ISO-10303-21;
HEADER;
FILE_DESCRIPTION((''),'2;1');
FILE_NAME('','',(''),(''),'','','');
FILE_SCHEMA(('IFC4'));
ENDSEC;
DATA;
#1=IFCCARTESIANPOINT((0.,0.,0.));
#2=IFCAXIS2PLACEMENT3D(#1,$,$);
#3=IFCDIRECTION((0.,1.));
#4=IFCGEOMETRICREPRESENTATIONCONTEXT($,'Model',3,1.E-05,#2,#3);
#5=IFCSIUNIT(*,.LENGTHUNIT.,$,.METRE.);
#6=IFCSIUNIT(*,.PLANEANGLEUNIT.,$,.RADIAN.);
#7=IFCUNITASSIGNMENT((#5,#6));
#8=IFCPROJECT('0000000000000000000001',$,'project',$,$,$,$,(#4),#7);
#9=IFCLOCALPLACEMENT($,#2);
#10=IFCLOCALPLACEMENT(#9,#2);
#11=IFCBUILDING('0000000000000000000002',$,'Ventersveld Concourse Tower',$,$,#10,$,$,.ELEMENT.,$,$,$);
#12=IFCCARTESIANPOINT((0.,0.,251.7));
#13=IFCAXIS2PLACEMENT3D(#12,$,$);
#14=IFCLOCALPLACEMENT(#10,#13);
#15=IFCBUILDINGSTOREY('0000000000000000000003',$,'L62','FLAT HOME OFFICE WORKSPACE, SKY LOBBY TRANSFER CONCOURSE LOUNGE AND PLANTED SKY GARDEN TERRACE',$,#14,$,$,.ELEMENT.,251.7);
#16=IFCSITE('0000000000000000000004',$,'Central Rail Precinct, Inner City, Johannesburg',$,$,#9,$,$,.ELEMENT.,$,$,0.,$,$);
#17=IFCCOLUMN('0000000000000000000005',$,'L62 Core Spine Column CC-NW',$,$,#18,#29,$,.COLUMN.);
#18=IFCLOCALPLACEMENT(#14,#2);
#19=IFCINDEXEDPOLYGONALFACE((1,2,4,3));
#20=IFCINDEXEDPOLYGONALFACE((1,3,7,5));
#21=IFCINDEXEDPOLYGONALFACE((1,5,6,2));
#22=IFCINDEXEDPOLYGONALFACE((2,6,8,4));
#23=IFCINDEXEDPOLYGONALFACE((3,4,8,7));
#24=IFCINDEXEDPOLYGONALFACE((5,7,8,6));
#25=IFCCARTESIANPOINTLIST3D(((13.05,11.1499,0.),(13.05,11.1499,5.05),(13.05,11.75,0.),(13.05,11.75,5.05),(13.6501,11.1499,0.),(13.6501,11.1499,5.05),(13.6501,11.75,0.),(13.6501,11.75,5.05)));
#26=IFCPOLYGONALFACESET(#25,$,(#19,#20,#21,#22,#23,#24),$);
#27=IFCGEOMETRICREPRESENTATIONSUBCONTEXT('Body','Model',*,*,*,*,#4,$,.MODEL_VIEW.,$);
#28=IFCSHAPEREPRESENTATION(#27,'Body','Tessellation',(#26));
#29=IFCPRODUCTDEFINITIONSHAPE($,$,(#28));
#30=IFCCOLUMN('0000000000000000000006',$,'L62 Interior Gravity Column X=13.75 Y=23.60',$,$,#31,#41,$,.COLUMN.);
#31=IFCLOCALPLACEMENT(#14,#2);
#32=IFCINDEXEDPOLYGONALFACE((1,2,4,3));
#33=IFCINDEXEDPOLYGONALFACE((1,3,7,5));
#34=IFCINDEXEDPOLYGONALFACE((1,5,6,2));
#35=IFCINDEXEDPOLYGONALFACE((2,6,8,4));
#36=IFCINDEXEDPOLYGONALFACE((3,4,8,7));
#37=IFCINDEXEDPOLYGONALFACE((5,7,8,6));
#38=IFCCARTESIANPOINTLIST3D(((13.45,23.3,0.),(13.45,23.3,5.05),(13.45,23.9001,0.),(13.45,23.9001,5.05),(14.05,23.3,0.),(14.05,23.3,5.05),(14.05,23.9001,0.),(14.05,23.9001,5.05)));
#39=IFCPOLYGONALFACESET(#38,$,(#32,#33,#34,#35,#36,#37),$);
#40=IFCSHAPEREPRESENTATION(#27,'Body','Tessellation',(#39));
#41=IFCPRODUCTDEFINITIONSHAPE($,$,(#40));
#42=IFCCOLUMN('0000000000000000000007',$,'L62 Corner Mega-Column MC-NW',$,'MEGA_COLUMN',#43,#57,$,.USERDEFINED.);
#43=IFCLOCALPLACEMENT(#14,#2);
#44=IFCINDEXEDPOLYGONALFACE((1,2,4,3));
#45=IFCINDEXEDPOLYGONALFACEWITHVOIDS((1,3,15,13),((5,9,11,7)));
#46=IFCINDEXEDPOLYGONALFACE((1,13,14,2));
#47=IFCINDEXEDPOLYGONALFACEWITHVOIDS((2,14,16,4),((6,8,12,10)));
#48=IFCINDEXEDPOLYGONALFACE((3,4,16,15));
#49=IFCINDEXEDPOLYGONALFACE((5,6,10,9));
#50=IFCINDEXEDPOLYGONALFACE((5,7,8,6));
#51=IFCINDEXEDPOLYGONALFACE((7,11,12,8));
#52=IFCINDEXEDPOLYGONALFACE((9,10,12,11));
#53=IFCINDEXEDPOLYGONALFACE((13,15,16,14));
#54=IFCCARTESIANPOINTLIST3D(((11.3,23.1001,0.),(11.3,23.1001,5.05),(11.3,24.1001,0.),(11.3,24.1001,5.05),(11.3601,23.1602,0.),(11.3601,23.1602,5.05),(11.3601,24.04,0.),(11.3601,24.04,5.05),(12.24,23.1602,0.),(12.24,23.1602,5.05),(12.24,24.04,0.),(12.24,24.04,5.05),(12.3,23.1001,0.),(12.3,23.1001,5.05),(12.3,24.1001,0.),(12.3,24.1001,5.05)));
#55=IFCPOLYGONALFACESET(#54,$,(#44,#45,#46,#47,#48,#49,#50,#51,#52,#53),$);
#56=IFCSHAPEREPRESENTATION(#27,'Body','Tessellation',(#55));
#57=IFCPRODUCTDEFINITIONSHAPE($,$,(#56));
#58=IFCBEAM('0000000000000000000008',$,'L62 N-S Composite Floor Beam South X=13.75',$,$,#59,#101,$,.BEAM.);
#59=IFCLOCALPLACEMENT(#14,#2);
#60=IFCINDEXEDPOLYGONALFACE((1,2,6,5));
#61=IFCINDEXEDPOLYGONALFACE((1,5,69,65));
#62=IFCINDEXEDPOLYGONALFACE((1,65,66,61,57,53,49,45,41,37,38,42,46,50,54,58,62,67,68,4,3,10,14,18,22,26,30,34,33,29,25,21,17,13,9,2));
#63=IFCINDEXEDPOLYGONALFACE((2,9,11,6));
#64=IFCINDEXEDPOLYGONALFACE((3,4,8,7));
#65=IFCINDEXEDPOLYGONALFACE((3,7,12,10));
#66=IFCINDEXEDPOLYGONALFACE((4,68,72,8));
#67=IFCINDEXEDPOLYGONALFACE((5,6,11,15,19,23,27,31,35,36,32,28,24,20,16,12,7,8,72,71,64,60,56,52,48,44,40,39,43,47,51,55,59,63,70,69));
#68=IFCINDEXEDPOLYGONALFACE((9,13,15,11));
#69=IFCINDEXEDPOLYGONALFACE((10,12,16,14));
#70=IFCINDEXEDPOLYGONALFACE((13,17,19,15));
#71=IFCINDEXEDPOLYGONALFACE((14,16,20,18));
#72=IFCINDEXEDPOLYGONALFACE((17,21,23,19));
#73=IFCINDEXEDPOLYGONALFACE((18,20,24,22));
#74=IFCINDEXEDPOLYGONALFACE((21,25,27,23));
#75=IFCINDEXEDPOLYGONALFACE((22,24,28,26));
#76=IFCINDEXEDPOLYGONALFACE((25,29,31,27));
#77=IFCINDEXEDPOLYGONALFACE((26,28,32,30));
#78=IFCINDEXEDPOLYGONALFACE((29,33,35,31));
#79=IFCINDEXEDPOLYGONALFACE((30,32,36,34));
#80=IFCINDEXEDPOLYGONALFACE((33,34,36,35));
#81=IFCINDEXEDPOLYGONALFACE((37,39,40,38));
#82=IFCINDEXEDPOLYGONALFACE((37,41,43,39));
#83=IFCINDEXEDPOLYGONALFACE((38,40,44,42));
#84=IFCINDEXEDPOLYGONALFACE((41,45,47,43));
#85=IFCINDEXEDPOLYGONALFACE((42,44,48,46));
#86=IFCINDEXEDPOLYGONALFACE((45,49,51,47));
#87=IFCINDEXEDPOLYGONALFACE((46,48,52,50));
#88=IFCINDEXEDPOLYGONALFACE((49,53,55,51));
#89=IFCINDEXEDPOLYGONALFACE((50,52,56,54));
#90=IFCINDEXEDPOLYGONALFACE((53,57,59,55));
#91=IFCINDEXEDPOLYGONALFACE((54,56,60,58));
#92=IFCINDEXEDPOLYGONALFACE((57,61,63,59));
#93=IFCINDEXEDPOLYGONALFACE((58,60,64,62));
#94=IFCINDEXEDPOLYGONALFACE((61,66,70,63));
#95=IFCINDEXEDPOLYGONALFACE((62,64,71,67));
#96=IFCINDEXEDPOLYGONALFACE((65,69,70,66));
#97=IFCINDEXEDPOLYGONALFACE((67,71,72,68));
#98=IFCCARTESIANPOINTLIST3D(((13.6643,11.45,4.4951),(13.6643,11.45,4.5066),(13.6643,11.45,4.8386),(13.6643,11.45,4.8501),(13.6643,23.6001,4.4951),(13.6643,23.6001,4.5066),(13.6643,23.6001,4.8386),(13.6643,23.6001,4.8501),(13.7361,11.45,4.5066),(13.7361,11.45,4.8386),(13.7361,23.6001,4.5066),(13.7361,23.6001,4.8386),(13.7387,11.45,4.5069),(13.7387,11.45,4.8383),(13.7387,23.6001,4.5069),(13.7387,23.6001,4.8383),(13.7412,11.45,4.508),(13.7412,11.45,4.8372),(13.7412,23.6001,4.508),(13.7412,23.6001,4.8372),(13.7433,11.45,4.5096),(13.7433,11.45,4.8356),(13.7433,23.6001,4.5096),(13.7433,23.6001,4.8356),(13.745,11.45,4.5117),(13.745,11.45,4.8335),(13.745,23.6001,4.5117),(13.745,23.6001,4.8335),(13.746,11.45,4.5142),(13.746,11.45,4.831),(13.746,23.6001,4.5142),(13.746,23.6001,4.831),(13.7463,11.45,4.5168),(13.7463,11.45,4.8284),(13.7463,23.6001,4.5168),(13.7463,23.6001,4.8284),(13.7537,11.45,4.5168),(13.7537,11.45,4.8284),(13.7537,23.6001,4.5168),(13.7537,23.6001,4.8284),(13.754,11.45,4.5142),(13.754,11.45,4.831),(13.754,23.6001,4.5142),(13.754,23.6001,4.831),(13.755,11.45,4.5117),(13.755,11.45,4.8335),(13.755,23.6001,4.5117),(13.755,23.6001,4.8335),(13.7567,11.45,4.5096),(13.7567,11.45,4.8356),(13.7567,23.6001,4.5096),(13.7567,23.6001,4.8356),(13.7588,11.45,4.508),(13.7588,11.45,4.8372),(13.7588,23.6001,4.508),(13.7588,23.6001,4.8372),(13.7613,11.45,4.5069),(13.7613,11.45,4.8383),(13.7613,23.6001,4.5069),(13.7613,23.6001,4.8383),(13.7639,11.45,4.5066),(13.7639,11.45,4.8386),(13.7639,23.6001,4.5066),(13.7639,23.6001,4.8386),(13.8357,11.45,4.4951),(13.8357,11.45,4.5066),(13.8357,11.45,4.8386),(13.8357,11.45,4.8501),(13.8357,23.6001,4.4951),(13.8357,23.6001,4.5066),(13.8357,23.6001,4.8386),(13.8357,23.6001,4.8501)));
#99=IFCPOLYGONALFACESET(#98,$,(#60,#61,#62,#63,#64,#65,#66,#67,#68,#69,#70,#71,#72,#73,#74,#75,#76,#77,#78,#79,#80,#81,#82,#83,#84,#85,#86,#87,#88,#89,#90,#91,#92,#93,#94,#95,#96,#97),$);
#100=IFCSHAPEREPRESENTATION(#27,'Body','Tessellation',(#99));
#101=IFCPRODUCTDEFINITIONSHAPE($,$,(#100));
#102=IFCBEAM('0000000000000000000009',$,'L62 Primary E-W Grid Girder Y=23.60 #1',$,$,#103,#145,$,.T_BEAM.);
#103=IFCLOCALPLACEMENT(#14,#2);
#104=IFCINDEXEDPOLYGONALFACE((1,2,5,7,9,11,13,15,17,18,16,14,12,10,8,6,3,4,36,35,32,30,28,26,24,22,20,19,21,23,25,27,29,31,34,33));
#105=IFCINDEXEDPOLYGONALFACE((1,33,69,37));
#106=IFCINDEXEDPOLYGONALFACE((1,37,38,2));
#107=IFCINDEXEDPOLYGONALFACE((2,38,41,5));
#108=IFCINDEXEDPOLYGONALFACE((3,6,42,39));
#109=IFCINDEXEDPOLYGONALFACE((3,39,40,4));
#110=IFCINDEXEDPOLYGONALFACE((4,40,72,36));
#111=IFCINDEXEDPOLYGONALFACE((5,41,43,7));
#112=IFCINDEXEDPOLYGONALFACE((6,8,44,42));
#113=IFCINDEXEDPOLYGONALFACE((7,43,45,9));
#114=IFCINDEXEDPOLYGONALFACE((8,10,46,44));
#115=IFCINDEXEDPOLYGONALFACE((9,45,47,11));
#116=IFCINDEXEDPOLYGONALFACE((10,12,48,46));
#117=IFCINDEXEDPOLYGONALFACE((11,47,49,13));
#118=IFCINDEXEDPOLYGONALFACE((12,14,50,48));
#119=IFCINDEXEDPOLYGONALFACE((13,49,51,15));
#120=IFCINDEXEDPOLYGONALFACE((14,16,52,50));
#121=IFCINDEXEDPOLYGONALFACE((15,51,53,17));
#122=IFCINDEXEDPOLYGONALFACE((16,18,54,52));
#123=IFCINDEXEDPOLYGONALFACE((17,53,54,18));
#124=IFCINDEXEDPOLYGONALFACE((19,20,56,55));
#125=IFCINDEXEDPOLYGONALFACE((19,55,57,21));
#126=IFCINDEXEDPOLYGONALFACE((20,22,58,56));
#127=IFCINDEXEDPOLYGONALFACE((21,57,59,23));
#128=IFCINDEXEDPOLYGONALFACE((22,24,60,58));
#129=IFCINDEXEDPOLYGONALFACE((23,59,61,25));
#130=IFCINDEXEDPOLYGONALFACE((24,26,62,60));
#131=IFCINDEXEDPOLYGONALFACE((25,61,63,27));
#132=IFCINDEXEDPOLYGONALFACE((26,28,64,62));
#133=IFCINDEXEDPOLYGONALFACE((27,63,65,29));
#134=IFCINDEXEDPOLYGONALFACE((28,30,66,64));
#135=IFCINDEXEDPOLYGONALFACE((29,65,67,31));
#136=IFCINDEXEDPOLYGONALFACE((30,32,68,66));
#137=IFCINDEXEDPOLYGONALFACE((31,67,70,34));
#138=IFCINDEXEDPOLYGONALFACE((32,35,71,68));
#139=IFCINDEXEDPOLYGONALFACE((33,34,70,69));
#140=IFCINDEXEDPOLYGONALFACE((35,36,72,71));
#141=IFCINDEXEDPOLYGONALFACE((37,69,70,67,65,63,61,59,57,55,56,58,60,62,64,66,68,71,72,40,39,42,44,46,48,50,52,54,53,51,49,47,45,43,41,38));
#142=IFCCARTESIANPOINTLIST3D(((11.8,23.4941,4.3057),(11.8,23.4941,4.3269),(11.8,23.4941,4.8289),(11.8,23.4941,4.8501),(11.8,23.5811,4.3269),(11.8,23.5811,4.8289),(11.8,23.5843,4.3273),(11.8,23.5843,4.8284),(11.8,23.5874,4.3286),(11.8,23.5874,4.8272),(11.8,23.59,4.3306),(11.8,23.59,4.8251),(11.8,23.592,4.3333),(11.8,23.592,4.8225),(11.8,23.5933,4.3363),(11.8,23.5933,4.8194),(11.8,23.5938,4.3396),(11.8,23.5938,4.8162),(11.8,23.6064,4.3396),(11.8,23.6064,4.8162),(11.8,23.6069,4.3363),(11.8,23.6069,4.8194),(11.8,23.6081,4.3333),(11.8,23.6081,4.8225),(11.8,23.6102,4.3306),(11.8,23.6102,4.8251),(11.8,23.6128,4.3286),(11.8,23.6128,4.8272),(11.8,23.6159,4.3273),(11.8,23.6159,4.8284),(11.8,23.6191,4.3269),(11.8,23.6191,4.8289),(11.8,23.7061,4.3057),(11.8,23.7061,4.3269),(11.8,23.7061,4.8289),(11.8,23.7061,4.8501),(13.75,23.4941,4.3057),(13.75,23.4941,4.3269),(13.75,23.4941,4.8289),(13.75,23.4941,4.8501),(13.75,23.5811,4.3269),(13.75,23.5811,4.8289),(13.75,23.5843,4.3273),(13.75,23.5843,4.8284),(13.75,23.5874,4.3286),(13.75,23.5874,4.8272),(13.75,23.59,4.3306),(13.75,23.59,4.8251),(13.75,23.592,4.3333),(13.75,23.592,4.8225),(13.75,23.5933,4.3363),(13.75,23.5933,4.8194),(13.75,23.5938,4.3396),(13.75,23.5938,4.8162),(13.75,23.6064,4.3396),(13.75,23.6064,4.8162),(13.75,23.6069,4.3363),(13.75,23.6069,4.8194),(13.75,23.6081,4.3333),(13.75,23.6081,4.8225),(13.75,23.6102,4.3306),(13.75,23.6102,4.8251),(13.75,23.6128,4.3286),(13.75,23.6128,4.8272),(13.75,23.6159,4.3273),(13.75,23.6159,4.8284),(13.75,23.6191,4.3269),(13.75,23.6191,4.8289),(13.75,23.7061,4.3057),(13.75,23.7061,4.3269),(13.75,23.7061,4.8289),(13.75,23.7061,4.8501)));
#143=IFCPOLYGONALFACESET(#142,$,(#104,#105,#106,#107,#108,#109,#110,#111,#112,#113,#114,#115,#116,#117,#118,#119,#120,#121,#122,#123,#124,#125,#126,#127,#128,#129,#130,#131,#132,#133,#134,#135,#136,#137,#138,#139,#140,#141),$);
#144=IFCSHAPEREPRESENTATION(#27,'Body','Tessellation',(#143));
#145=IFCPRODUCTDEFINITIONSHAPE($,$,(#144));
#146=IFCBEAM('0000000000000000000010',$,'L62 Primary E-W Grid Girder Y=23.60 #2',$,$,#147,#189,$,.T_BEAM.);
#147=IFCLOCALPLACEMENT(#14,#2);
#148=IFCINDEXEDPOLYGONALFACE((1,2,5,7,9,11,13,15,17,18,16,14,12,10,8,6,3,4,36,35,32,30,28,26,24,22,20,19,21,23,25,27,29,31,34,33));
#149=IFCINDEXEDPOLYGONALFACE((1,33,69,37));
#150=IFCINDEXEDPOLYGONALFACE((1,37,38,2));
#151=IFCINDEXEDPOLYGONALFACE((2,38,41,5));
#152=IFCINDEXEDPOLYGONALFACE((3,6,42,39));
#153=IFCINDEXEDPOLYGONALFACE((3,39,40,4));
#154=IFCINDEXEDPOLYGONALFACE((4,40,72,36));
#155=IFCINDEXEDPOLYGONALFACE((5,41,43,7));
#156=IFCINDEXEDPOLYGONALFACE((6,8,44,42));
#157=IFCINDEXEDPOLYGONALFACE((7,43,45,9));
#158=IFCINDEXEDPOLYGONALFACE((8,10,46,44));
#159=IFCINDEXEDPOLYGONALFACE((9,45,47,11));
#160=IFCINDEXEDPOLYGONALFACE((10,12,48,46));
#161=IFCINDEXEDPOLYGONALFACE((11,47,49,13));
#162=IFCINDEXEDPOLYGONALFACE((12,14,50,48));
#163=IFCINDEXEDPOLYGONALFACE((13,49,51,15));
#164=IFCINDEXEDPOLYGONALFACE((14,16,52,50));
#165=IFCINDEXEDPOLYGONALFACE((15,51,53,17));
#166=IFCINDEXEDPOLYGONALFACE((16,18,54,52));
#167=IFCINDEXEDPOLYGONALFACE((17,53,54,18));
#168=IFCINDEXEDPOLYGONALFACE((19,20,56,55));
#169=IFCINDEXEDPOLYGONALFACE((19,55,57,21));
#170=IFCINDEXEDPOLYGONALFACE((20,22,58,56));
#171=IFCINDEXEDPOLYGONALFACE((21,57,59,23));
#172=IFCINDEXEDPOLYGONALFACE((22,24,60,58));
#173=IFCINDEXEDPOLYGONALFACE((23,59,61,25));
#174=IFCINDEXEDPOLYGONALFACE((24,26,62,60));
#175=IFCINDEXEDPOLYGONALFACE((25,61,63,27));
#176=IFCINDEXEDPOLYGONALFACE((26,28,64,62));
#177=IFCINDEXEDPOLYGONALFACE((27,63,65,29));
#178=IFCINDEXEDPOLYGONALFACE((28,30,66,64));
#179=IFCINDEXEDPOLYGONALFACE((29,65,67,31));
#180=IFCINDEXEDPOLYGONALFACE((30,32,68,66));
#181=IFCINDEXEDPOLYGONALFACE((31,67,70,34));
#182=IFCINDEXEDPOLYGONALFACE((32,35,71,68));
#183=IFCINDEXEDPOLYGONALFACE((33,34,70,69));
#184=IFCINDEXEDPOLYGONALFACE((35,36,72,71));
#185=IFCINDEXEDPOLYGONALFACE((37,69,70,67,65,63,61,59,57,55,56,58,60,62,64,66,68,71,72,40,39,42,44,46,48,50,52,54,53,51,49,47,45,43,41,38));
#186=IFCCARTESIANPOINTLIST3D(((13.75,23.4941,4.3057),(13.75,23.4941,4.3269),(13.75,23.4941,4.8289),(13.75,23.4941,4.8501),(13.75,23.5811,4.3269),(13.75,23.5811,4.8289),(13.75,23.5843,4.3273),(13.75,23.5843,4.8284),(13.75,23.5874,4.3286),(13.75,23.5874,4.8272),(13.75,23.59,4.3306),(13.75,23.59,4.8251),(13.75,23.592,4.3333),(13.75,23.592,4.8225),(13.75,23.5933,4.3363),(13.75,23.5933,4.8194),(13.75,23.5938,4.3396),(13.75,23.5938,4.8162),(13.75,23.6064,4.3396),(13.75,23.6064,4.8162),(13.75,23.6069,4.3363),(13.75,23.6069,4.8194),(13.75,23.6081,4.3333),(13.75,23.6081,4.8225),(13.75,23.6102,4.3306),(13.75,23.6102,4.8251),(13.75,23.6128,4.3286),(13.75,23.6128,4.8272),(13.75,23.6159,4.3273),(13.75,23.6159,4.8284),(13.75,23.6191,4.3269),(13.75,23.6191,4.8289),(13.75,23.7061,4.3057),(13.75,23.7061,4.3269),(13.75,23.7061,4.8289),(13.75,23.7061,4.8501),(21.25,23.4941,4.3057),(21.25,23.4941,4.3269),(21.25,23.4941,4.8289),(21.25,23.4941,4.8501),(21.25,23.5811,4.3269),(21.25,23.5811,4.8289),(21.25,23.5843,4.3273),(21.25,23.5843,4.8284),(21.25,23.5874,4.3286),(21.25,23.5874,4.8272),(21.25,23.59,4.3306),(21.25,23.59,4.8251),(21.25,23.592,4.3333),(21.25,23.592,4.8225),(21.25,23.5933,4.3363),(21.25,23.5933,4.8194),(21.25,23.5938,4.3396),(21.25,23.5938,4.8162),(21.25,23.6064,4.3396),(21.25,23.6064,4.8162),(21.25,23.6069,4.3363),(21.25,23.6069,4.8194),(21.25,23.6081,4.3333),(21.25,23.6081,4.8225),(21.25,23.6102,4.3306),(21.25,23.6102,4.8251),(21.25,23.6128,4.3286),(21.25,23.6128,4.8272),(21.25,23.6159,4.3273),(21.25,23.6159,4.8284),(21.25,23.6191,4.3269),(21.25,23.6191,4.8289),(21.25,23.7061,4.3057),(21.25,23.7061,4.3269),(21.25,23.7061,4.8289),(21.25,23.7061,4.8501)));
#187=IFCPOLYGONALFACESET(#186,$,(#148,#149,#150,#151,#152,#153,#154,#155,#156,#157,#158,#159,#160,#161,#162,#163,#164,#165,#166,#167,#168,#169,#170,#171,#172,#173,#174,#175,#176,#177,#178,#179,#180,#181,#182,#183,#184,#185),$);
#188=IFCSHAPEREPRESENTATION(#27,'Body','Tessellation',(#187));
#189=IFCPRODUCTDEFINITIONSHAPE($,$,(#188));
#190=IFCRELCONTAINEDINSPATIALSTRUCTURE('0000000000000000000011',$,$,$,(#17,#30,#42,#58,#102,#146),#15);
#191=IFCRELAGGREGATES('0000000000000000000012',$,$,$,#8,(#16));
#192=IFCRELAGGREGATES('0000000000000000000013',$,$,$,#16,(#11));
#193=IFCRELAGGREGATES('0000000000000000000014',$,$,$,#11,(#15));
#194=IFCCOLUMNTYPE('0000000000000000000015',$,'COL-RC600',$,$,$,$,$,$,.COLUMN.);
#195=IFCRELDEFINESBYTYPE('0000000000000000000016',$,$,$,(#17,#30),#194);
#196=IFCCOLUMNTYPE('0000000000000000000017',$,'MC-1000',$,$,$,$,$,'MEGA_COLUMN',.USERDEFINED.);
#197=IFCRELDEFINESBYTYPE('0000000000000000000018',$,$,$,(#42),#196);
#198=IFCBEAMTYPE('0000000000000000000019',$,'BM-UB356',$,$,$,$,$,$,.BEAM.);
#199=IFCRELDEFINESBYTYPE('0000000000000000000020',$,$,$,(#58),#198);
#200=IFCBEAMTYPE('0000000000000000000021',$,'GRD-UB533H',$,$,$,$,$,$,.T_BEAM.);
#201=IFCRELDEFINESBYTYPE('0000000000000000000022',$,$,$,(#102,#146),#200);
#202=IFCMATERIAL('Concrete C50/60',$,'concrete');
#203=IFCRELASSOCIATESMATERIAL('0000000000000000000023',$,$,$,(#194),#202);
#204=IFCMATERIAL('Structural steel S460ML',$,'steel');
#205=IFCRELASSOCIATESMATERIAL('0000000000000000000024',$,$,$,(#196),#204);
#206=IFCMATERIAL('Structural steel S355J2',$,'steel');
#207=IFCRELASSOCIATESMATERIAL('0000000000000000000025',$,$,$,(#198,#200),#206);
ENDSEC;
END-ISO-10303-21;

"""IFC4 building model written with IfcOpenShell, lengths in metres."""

from ifc_helpers import new_model, si_unit, direction, frame, origin, origin_2d, place, context, subcontext, project, spatial, rectangle, hollow_rectangle, i_section, extrude, material, material_profile, profile_set, type_object, element, save


model = new_model("IFC4")

# Units and contexts
model_context = context("Model", 3, precision=1e-05, world=origin(), true_north=direction((0.0, 1.0)))
body_context = subcontext(model_context, "Body", "Model", "MODEL_VIEW")
ifc_project = project(units=[si_unit("LENGTHUNIT", "METRE"), si_unit("PLANEANGLEUNIT", "RADIAN")], contexts=[model_context])

# Site, building, storey
site_placement = place(None, origin())
site = spatial("IfcSite", under=ifc_project, at=site_placement, Name="Central Rail Precinct, Inner City, Johannesburg", CompositionType="ELEMENT", RefElevation=0.0)
building_placement = place(site_placement, origin())
building = spatial("IfcBuilding", under=site, at=building_placement, Name="Ventersveld Concourse Tower", CompositionType="ELEMENT")
storey_placement = place(building_placement, frame((0.0, 0.0, 251.7)))
storey = spatial("IfcBuildingStorey", under=building, at=storey_placement, Name="L62", Description="FLAT HOME OFFICE WORKSPACE, SKY LOBBY TRANSFER CONCOURSE LOUNGE AND PLANTED SKY GARDEN TERRACE", CompositionType="ELEMENT", Elevation=251.7)

# Columns
ifc_material_1 = material(Name="Concrete C50/60", Category="concrete")
ifc_material_profile_1 = material_profile(ifc_material_1, rectangle(XDim=0.6001, YDim=0.6001, at=origin_2d()), Name="RC 600x600")
ifc_profile_set_1 = profile_set([ifc_material_profile_1], Name="Concrete C50/60")
column_type_1 = type_object("IfcColumnType", Name="COL-RC600", PredefinedType="COLUMN", material=ifc_profile_set_1)
for number, where, z_axis, x_axis, name in (
    (1, (13.3501, 11.45, 0.0), (0.0, 0.0, 1.0), (1.0, 0.0, 0.0), "L62 Core Spine Column CC-NW"),
    (2, (13.75, 23.6001, 0.0), (0.0, 0.0, 1.0), (1.0, 0.0, 0.0), "L62 Interior Gravity Column X=13.75 Y=23.60"),
):
    element("IfcColumn", number, at=place(storey_placement, frame(where, z_axis=z_axis, x_axis=x_axis)), inside=storey, type_object=column_type_1, Name=name, PredefinedType="COLUMN", context=body_context, shape_type="SweptSolid", body=[
        extrude(rectangle(XDim=0.6001, YDim=0.6001, at=origin_2d()), origin(), (0.0, 0.0, 1.0), 5.05),
    ])
ifc_material_2 = material(Name="Structural steel S460ML", Category="steel")
ifc_material_profile_2 = material_profile(ifc_material_2, hollow_rectangle(XDim=1.0, YDim=1.0, WallThickness=0.0601, at=origin_2d()), Name="BOX 1000x1000x60")
ifc_profile_set_2 = profile_set([ifc_material_profile_2], Name="Structural steel S460ML")
column_type_2 = type_object("IfcColumnType", Name="MC-1000", ElementType="MEGA_COLUMN", PredefinedType="USERDEFINED", material=ifc_profile_set_2)
column_placement = place(storey_placement, frame((11.8, 23.6001, 0.0), z_axis=(0.0, 0.0, 1.0), x_axis=(1.0, 0.0, 0.0)))
element("IfcColumn", 3, at=column_placement, inside=storey, type_object=column_type_2, Name="L62 Corner Mega-Column MC-NW", ObjectType="MEGA_COLUMN", PredefinedType="USERDEFINED", context=body_context, shape_type="SweptSolid", body=[
    extrude(hollow_rectangle(XDim=1.0, YDim=1.0, WallThickness=0.0601, at=origin_2d()), origin(), (0.0, 0.0, 1.0), 5.05),
])

# Beams
ifc_material_3 = material(Name="Structural steel S355J2", Category="steel")
ifc_material_profile_3 = material_profile(ifc_material_3, i_section(OverallWidth=0.1714, OverallDepth=0.355, WebThickness=0.0073, FlangeThickness=0.0115, FilletRadius=0.0103, at=origin_2d()), Name="UB 356x171x51")
ifc_profile_set_3 = profile_set([ifc_material_profile_3], Name="Structural steel S355J2")
beam_type_1 = type_object("IfcBeamType", Name="BM-UB356", PredefinedType="BEAM", material=ifc_profile_set_3)
beam_1_placement = place(storey_placement, frame((13.75, 11.45, 4.6726), z_axis=(0.0, 1.0, 0.0), x_axis=(-1.0, 0.0, 0.0)))
element("IfcBeam", 4, at=beam_1_placement, inside=storey, type_object=beam_type_1, Name="L62 N-S Composite Floor Beam South X=13.75", PredefinedType="BEAM", context=body_context, shape_type="SweptSolid", body=[
    extrude(i_section(OverallWidth=0.1714, OverallDepth=0.355, WebThickness=0.0073, FlangeThickness=0.0115, FilletRadius=0.0103, at=origin_2d()), origin(), (0.0, 0.0, 1.0), 12.1501),
])
ifc_material_profile_4 = material_profile(ifc_material_3, i_section(OverallWidth=0.2119, OverallDepth=0.5444, WebThickness=0.0127, FlangeThickness=0.0212, FilletRadius=0.0127, at=origin_2d()), Name="UB 533x210x122")
ifc_profile_set_4 = profile_set([ifc_material_profile_4], Name="Structural steel S355J2")
beam_type_2 = type_object("IfcBeamType", Name="GRD-UB533H", PredefinedType="T_BEAM", material=ifc_profile_set_4)
beam_2_placement = place(storey_placement, frame((11.8, 23.6001, 4.5779), z_axis=(1.0, 0.0, 0.0), x_axis=(0.0, 1.0, 0.0)))
element("IfcBeam", 5, at=beam_2_placement, inside=storey, type_object=beam_type_2, Name="L62 Primary E-W Grid Girder Y=23.60 #1", PredefinedType="T_BEAM", context=body_context, shape_type="SweptSolid", body=[
    extrude(i_section(OverallWidth=0.2119, OverallDepth=0.5444, WebThickness=0.0127, FlangeThickness=0.0212, FilletRadius=0.0127, at=origin_2d()), origin(), (0.0, 0.0, 1.0), 1.95),
])
beam_3_placement = place(storey_placement, frame((13.75, 23.6001, 4.5779), z_axis=(1.0, 0.0, 0.0), x_axis=(0.0, 1.0, 0.0)))
element("IfcBeam", 6, at=beam_3_placement, inside=storey, type_object=beam_type_2, Name="L62 Primary E-W Grid Girder Y=23.60 #2", PredefinedType="T_BEAM", context=body_context, shape_type="SweptSolid", body=[
    extrude(i_section(OverallWidth=0.2119, OverallDepth=0.5444, WebThickness=0.0127, FlangeThickness=0.0212, FilletRadius=0.0127, at=origin_2d()), origin(), (0.0, 0.0, 1.0), 7.5),
])

save(model, "model.ifc")
